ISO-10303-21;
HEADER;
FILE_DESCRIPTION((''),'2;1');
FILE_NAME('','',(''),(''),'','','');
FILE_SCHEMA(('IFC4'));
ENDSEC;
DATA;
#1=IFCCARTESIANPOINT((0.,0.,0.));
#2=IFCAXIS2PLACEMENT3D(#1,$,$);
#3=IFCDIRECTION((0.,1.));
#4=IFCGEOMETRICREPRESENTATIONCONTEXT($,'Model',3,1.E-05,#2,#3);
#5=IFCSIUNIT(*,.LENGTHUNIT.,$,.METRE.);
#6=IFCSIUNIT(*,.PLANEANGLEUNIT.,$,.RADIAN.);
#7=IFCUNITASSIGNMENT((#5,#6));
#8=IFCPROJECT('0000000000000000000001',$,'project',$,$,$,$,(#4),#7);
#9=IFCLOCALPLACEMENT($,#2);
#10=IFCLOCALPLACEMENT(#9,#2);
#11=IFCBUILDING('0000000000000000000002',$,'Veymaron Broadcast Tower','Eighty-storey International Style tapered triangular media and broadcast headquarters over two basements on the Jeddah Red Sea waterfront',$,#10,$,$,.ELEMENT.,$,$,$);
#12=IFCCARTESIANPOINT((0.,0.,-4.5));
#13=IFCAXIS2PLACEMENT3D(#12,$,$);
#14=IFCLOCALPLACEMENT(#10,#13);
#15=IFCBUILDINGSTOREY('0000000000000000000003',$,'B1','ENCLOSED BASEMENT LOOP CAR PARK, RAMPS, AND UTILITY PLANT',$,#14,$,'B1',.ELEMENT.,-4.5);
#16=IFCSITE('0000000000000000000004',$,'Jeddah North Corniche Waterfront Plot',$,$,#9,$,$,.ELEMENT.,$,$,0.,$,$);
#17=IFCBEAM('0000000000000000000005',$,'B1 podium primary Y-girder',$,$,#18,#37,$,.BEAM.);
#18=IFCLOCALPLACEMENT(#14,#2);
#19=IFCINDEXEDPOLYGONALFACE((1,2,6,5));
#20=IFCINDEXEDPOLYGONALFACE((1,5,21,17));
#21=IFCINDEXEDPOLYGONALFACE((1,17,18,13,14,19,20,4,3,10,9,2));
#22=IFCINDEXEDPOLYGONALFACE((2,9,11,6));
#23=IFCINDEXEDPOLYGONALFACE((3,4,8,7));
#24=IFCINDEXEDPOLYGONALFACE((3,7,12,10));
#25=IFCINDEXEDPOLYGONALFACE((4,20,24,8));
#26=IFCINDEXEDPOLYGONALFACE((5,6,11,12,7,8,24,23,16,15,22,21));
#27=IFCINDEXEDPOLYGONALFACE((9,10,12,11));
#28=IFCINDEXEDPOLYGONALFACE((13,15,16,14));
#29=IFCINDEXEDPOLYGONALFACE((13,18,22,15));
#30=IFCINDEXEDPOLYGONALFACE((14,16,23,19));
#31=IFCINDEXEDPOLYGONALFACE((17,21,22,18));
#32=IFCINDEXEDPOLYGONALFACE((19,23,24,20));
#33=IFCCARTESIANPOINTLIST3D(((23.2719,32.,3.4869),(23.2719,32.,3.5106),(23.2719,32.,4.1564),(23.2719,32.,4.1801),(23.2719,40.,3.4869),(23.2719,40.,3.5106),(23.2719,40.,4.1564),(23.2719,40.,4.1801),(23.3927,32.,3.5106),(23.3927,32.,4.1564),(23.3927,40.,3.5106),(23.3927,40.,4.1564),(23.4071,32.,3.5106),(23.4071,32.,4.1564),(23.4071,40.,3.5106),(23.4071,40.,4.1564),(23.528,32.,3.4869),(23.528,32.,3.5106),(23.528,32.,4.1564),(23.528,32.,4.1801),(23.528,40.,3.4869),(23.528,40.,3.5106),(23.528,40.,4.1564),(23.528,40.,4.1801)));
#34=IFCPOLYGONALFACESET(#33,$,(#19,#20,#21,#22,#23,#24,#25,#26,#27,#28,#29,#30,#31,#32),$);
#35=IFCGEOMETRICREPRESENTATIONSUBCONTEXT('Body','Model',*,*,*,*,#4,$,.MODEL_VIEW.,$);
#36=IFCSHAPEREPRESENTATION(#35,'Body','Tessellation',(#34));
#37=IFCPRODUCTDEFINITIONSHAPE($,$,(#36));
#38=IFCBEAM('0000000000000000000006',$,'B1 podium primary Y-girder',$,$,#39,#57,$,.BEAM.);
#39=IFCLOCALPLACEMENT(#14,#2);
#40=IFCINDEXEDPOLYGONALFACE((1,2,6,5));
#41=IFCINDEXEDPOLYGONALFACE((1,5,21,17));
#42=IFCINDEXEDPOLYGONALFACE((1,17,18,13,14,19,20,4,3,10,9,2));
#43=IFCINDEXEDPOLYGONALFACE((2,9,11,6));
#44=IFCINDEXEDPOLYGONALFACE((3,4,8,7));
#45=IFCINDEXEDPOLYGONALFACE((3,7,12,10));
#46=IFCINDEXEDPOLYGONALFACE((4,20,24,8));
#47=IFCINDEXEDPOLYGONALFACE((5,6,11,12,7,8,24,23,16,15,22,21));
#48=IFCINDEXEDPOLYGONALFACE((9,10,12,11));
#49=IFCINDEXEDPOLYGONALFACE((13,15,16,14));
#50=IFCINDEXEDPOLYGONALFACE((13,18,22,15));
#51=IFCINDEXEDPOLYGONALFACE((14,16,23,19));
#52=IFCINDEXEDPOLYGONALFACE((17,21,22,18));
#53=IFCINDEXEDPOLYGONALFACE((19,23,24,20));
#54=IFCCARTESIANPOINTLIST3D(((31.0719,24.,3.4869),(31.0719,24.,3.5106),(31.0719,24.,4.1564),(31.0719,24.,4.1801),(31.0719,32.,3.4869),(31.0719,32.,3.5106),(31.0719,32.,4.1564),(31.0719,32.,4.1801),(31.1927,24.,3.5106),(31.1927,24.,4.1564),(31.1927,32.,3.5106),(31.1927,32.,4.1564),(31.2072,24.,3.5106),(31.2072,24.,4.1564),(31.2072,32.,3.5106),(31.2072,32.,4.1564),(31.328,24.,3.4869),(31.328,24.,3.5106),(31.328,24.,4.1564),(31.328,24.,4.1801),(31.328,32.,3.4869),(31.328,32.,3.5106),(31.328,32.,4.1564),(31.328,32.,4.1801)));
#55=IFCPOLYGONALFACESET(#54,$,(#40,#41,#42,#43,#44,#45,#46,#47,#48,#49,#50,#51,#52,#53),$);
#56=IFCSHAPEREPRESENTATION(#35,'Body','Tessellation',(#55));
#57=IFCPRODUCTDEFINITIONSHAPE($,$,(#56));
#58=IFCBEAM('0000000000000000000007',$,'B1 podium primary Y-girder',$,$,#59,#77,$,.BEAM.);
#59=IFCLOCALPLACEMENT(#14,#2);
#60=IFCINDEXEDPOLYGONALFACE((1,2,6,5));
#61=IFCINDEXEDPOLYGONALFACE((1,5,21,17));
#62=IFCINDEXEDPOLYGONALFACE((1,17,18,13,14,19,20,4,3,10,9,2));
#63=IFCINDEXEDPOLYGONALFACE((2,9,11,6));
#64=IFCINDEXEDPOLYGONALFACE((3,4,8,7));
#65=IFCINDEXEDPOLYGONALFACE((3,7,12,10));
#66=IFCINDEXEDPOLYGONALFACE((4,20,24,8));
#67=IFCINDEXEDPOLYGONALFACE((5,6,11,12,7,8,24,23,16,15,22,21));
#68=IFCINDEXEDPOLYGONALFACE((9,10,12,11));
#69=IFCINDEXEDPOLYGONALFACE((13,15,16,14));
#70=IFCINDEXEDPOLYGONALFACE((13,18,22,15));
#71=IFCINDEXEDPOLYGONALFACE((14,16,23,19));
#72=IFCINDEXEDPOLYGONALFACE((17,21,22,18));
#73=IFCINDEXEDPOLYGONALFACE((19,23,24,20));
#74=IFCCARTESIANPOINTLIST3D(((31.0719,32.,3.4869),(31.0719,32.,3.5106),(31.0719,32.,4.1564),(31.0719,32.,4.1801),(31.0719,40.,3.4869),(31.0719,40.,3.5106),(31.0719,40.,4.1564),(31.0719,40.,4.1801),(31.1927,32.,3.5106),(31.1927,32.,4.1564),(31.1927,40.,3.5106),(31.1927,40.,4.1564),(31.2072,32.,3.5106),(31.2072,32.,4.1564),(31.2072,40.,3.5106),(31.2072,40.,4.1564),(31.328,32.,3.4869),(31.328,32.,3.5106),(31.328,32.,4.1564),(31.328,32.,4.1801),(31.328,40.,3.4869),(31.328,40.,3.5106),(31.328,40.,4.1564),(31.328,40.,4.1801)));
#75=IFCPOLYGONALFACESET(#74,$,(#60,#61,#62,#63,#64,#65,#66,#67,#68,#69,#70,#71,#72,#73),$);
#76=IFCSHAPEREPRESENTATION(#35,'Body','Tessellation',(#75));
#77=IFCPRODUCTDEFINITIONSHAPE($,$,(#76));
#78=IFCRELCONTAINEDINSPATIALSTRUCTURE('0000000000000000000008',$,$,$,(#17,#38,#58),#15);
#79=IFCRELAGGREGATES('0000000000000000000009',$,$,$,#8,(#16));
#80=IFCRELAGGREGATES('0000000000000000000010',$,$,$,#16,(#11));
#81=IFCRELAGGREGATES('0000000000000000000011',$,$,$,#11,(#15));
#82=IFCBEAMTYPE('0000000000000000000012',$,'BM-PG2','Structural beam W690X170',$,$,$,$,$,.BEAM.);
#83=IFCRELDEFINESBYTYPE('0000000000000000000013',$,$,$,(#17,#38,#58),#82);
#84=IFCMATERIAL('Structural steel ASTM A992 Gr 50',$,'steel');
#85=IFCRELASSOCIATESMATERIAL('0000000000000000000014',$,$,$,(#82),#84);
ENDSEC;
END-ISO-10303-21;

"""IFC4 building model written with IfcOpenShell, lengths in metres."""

from ifc_helpers import new_model, si_unit, direction, frame, origin, origin_2d, place, context, subcontext, project, spatial, i_section, extrude, material, material_profile, profile_set, type_object, element, save


model = new_model("IFC4")

# Units and contexts
model_context = context("Model", 3, precision=1e-05, world=origin(), true_north=direction((0.0, 1.0)))
body_context = subcontext(model_context, "Body", "Model", "MODEL_VIEW")
ifc_project = project(units=[si_unit("LENGTHUNIT", "METRE"), si_unit("PLANEANGLEUNIT", "RADIAN")], contexts=[model_context])

# Site, building, storey
site_placement = place(None, origin())
site = spatial("IfcSite", under=ifc_project, at=site_placement, Name="Jeddah North Corniche Waterfront Plot", CompositionType="ELEMENT", RefElevation=0.0)
building_placement = place(site_placement, origin())
building = spatial("IfcBuilding", under=site, at=building_placement, Name="Veymaron Broadcast Tower", Description="Eighty-storey International Style tapered triangular media and broadcast headquarters over two basements on the Jeddah Red Sea waterfront", CompositionType="ELEMENT")
storey_placement = place(building_placement, frame((0.0, 0.0, -4.5)))
storey = spatial("IfcBuildingStorey", under=building, at=storey_placement, Name="B1", Description="ENCLOSED BASEMENT LOOP CAR PARK, RAMPS, AND UTILITY PLANT", LongName="B1", CompositionType="ELEMENT", Elevation=-4.5)

# Beams
ifc_material_1 = material(Name="Structural steel ASTM A992 Gr 50", Category="steel")
ifc_material_profile_1 = material_profile(ifc_material_1, i_section(OverallWidth=0.2561, OverallDepth=0.6931, WebThickness=0.0144, FlangeThickness=0.0237, at=origin_2d()), Name="W690X170")
ifc_profile_set_1 = profile_set([ifc_material_profile_1], Name="Structural steel ASTM A992 Gr 50")
beam_type_1 = type_object("IfcBeamType", Name="BM-PG2", Description="Structural beam W690X170", PredefinedType="BEAM", material=ifc_profile_set_1)
for number, where, z_axis, x_axis, name in (
    (1, (23.3999, 32.0, 3.8335), (0.0, 1.0, 0.0), (-1.0, 0.0, 0.0), "B1 podium primary Y-girder"),
    (2, (31.2, 24.0, 3.8335), (0.0, 1.0, 0.0), (-1.0, 0.0, 0.0), "B1 podium primary Y-girder"),
    (3, (31.2, 32.0, 3.8335), (0.0, 1.0, 0.0), (-1.0, 0.0, 0.0), "B1 podium primary Y-girder"),
):
    element("IfcBeam", number, at=place(storey_placement, frame(where, z_axis=z_axis, x_axis=x_axis)), inside=storey, type_object=beam_type_1, Name=name, PredefinedType="BEAM", context=body_context, shape_type="SweptSolid", body=[
        extrude(i_section(OverallWidth=0.2561, OverallDepth=0.6931, WebThickness=0.0144, FlangeThickness=0.0237, at=origin_2d()), origin(), (0.0, 0.0, 1.0), 8.0),
    ])

save(model, "model.ifc")
